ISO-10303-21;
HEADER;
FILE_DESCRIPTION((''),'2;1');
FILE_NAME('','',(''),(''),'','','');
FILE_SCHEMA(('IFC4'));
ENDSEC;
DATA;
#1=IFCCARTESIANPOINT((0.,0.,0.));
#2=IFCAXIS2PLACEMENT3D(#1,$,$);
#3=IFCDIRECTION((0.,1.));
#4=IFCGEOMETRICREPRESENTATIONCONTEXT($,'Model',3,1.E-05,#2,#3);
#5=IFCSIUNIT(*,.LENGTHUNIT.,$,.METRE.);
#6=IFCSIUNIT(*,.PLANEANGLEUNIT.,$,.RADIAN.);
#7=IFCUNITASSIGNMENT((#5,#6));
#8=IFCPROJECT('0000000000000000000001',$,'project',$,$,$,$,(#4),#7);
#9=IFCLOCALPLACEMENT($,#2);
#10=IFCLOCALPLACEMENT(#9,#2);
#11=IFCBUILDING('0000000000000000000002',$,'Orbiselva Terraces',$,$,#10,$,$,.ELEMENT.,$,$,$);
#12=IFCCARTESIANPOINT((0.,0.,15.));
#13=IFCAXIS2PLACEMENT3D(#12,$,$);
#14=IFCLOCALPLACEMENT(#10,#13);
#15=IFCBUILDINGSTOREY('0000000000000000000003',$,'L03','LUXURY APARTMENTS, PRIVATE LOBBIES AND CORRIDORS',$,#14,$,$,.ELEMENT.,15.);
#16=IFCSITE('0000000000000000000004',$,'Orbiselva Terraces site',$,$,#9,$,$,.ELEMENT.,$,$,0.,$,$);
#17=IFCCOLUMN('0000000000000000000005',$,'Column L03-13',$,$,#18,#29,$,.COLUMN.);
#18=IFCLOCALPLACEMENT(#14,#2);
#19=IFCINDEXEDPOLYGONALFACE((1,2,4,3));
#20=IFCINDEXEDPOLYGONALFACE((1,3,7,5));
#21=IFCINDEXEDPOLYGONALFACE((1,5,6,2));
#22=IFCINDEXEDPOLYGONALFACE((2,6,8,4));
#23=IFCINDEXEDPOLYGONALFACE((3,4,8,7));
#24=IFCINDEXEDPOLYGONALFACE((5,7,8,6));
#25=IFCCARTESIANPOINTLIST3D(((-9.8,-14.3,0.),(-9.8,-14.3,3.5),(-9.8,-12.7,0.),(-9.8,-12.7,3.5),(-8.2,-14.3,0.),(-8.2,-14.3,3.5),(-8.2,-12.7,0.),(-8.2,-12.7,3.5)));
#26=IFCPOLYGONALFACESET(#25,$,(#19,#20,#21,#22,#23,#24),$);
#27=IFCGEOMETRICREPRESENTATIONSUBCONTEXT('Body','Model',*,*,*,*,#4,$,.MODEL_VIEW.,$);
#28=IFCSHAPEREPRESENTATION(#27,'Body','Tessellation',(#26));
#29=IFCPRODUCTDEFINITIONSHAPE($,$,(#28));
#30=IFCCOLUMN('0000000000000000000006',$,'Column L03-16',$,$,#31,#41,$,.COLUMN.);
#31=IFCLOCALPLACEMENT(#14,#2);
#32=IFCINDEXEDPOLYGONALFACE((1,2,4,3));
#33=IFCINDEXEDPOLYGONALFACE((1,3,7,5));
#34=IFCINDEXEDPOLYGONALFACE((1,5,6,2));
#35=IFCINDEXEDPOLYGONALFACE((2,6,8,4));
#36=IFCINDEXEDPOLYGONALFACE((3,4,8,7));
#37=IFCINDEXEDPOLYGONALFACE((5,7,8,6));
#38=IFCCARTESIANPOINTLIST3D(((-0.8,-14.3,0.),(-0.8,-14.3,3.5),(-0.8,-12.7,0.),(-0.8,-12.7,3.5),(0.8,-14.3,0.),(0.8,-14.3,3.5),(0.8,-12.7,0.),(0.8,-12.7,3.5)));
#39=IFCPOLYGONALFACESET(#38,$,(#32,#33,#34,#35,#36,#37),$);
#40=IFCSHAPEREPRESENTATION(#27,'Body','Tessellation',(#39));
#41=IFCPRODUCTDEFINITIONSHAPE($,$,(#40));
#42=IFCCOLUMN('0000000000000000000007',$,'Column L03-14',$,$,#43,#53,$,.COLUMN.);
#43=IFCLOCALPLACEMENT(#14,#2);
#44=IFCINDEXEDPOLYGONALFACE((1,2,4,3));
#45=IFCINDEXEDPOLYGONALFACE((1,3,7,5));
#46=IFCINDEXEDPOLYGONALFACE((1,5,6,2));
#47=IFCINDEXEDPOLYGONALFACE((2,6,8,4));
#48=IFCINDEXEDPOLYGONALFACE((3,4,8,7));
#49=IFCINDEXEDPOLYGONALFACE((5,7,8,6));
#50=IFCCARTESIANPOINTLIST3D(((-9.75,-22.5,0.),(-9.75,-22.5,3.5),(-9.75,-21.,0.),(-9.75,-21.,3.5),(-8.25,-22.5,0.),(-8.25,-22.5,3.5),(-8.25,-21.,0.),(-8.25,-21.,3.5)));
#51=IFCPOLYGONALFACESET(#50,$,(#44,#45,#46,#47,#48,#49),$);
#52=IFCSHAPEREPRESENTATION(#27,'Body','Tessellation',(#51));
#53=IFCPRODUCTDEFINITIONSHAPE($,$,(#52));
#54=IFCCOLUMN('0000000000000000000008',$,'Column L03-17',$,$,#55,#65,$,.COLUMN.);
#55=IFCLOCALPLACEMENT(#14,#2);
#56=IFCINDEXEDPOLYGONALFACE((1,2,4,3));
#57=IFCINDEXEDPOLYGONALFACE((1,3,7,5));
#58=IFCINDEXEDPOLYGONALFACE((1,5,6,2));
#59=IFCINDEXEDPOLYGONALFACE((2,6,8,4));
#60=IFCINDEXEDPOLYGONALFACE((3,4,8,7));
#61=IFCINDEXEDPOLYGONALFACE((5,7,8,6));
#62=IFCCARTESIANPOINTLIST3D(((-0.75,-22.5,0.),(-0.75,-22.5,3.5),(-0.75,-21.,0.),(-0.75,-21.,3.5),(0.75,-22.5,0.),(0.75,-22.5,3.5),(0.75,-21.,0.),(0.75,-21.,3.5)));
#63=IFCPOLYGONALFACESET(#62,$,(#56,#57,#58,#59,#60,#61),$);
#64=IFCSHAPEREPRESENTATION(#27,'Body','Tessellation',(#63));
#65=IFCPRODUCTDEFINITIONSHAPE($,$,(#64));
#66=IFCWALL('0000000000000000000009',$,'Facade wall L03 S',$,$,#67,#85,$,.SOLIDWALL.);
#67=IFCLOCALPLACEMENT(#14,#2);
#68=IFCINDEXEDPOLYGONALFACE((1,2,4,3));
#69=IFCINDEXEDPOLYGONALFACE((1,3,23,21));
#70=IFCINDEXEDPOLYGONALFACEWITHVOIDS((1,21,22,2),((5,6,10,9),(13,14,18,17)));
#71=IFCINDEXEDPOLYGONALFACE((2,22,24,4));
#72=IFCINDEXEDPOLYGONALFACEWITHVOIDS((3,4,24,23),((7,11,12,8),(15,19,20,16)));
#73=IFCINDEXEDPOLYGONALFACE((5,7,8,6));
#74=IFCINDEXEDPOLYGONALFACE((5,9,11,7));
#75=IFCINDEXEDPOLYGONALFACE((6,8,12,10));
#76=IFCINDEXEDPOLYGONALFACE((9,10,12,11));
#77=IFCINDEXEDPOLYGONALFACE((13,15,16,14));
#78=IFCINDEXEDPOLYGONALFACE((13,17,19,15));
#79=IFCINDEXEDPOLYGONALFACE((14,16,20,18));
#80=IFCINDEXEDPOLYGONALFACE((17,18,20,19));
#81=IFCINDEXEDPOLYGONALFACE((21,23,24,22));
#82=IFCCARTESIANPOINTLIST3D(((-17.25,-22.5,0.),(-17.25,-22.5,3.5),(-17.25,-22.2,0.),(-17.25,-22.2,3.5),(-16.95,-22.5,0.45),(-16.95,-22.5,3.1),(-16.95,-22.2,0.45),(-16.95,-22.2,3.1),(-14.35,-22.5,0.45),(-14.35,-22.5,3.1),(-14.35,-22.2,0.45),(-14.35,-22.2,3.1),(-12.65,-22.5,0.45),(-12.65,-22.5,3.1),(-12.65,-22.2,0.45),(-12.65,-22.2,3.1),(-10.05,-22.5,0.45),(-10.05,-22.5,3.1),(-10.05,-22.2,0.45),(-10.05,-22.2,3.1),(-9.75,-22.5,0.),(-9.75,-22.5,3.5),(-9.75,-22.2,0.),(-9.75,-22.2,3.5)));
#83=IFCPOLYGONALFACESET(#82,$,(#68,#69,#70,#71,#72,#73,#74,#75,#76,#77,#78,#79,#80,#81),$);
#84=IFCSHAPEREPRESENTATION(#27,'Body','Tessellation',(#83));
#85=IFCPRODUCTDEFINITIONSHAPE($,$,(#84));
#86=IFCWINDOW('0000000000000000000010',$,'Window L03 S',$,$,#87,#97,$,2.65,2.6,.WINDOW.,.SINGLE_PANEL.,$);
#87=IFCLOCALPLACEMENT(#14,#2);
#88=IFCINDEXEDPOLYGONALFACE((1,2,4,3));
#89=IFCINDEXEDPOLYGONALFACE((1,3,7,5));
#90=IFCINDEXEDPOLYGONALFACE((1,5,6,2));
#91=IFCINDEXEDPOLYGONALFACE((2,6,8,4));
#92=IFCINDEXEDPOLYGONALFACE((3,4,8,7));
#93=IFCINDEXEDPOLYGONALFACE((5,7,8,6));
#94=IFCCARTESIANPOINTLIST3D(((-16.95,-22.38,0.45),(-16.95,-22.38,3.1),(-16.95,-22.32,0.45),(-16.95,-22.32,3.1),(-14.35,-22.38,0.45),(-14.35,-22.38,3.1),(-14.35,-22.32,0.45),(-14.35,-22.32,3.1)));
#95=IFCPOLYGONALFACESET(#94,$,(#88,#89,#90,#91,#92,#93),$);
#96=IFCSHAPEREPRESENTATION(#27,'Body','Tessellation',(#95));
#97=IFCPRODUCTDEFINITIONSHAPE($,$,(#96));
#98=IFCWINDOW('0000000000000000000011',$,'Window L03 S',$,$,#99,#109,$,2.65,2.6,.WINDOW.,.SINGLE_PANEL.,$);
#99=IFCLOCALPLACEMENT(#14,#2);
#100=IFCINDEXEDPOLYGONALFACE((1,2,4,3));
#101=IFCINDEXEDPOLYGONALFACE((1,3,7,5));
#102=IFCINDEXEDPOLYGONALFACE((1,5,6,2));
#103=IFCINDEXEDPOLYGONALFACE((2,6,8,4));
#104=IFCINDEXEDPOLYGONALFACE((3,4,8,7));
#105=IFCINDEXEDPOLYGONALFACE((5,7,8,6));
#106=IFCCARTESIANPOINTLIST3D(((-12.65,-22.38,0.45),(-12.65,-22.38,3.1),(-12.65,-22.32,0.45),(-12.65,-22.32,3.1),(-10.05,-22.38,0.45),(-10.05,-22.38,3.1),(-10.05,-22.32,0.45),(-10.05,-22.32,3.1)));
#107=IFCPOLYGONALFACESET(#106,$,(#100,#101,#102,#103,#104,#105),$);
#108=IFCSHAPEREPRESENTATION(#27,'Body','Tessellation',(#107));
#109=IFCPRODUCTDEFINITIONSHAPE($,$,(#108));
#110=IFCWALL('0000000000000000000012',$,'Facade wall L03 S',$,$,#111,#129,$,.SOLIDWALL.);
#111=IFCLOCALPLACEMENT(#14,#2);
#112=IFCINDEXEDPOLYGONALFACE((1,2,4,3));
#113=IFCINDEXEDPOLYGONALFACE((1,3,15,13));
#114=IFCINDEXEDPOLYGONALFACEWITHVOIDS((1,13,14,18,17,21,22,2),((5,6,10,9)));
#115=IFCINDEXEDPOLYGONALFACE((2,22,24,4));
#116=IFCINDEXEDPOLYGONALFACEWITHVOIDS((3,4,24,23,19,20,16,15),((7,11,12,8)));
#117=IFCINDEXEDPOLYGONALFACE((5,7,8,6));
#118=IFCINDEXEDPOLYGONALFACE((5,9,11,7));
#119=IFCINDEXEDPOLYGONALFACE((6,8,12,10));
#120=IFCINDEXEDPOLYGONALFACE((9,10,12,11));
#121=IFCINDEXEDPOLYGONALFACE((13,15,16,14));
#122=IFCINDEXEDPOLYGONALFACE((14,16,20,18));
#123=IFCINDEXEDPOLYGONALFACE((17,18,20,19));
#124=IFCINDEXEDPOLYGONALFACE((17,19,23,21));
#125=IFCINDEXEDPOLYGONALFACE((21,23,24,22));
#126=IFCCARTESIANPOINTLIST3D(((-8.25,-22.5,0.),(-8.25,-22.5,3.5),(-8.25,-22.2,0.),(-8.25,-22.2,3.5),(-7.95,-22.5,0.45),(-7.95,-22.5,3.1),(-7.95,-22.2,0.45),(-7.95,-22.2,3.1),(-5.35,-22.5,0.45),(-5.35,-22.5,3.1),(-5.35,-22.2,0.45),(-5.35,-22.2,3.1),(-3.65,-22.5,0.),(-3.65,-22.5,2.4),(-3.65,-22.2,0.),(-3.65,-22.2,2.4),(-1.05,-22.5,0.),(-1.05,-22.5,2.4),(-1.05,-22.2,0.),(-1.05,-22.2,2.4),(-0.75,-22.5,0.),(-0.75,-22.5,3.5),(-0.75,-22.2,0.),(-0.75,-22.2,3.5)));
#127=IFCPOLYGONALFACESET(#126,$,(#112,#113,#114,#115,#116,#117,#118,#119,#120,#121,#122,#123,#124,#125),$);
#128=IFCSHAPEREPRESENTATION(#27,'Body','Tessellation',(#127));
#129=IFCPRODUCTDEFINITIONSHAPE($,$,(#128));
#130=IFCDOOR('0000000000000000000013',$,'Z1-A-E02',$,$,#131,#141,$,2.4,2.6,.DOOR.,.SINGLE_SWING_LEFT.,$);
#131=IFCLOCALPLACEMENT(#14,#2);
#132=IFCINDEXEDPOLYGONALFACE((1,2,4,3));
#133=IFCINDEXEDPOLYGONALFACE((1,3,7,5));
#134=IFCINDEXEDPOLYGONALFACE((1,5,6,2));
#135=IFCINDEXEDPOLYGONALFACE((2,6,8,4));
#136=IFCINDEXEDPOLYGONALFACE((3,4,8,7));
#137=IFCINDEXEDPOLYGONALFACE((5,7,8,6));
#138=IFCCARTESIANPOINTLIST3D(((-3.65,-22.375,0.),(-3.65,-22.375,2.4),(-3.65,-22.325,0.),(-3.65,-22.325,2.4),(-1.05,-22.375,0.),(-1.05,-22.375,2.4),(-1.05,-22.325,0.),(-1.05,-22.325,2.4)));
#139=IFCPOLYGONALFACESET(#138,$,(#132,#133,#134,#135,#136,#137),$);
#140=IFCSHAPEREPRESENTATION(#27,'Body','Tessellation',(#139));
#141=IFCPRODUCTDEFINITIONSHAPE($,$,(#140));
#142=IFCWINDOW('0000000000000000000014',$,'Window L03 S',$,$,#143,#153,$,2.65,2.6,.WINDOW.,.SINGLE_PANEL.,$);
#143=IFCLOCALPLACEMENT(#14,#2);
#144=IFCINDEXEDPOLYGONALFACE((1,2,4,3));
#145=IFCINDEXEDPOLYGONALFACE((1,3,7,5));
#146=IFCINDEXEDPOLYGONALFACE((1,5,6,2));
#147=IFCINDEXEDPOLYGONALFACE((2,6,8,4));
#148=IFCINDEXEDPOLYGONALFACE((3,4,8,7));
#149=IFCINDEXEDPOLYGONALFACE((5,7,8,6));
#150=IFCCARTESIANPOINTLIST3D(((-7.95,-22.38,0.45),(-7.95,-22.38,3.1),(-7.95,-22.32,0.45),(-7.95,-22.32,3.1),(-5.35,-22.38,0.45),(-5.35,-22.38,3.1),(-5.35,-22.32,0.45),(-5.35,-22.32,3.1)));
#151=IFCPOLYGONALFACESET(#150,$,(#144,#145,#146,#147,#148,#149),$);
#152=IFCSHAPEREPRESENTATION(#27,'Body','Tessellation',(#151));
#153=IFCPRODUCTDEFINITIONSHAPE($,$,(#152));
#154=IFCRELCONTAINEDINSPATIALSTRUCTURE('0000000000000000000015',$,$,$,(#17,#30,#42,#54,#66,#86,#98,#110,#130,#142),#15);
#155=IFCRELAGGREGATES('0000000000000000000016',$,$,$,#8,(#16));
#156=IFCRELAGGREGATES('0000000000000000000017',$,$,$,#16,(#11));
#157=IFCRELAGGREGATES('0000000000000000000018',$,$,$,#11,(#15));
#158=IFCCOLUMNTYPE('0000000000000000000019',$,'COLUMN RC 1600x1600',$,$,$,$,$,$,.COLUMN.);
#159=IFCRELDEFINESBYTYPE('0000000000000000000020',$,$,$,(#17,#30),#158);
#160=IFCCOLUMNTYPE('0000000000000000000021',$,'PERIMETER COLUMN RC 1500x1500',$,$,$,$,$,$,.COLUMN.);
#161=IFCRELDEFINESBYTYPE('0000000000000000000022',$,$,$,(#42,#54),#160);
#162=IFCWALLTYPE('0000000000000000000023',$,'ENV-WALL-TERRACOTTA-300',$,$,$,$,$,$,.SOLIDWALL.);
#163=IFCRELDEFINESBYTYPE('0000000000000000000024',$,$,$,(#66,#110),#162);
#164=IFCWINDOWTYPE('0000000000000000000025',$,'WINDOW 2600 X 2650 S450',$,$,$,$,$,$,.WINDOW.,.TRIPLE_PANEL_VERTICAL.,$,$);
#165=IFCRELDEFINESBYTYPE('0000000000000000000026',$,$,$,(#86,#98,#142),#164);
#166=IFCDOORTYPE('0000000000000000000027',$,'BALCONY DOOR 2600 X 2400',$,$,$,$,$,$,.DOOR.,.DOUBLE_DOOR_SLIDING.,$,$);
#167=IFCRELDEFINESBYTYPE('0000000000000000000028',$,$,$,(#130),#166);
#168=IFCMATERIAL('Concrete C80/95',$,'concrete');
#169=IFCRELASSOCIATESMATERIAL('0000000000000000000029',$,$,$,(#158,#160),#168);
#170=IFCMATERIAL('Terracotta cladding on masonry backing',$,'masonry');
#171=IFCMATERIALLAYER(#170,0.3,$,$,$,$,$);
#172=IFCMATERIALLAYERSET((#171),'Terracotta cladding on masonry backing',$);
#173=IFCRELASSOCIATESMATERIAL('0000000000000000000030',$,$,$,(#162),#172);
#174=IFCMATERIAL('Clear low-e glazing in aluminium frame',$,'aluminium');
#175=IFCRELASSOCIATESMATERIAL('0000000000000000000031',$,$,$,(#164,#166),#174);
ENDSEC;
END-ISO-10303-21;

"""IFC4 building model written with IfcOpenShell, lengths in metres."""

from ifc_helpers import new_model, si_unit, direction, frame, frame_2d, origin, origin_2d, place, context, subcontext, project, spatial, rectangle, extrude, material, layer, layer_set, material_profile, profile_set, type_object, element, fill, save


model = new_model("IFC4")

# Units and contexts
model_context = context("Model", 3, precision=1e-05, world=origin(), true_north=direction((0.0, 1.0)))
body_context = subcontext(model_context, "Body", "Model", "MODEL_VIEW")
ifc_project = project(units=[si_unit("LENGTHUNIT", "METRE"), si_unit("PLANEANGLEUNIT", "RADIAN")], contexts=[model_context])

# Site, building, storey
site_placement = place(None, origin())
site = spatial("IfcSite", under=ifc_project, at=site_placement, Name="Orbiselva Terraces site", CompositionType="ELEMENT", RefElevation=0.0)
building_placement = place(site_placement, origin())
building = spatial("IfcBuilding", under=site, at=building_placement, Name="Orbiselva Terraces", CompositionType="ELEMENT")
storey_placement = place(building_placement, frame((0.0, 0.0, 15.0)))
storey = spatial("IfcBuildingStorey", under=building, at=storey_placement, Name="L03", Description="LUXURY APARTMENTS, PRIVATE LOBBIES AND CORRIDORS", CompositionType="ELEMENT", Elevation=15.0)

# Columns
ifc_material_1 = material(Name="Concrete C80/95", Category="concrete")
ifc_material_profile_1 = material_profile(ifc_material_1, rectangle(XDim=1.6, YDim=1.6, at=origin_2d()), Name="RC 1600x1600")
ifc_profile_set_1 = profile_set([ifc_material_profile_1], Name="Concrete C80/95")
column_type_1 = type_object("IfcColumnType", Name="COLUMN RC 1600x1600", PredefinedType="COLUMN", material=ifc_profile_set_1)
for number, where, z_axis, x_axis, name in (
    (1, (-9.0, -13.5, 0.0), (0.0, 0.0, 1.0), (1.0, 0.0, 0.0), "Column L03-13"),
    (2, (0.0, -13.5, 0.0), (0.0, 0.0, 1.0), (1.0, 0.0, 0.0), "Column L03-16"),
):
    element("IfcColumn", number, at=place(storey_placement, frame(where, z_axis=z_axis, x_axis=x_axis)), inside=storey, type_object=column_type_1, Name=name, PredefinedType="COLUMN", context=body_context, shape_type="SweptSolid", body=[
        extrude(rectangle(XDim=1.6, YDim=1.6, at=origin_2d()), origin(), (0.0, 0.0, 1.0), 3.5),
    ])
ifc_material_profile_2 = material_profile(ifc_material_1, rectangle(XDim=1.5, YDim=1.5, at=origin_2d()), Name="RC 1500x1500")
ifc_profile_set_2 = profile_set([ifc_material_profile_2], Name="Concrete C80/95")
column_type_2 = type_object("IfcColumnType", Name="PERIMETER COLUMN RC 1500x1500", PredefinedType="COLUMN", material=ifc_profile_set_2)
for number, where, z_axis, x_axis, name in (
    (3, (-9.0, -21.75, 0.0), (0.0, 0.0, 1.0), (1.0, 0.0, 0.0), "Column L03-14"),
    (4, (0.0, -21.75, 0.0), (0.0, 0.0, 1.0), (1.0, 0.0, 0.0), "Column L03-17"),
):
    element("IfcColumn", number, at=place(storey_placement, frame(where, z_axis=z_axis, x_axis=x_axis)), inside=storey, type_object=column_type_2, Name=name, PredefinedType="COLUMN", context=body_context, shape_type="SweptSolid", body=[
        extrude(rectangle(XDim=1.5, YDim=1.5, at=origin_2d()), origin(), (0.0, 0.0, 1.0), 3.5),
    ])

# Wall, openings, windows
ifc_material_2 = material(Name="Terracotta cladding on masonry backing", Category="masonry")
ifc_layer_1 = layer(ifc_material_2, 0.3)
ifc_layer_set_1 = layer_set([ifc_layer_1], Name="Terracotta cladding on masonry backing")
wall_type_1 = type_object("IfcWallType", Name="ENV-WALL-TERRACOTTA-300", PredefinedType="SOLIDWALL", material=ifc_layer_set_1)
wall_1_placement = place(storey_placement, frame((-9.75, -22.35, 0.0), z_axis=(0.0, 0.0, 1.0), x_axis=(-1.0, 0.0, 0.0)))
wall_1 = element("IfcWall", 5, at=wall_1_placement, inside=storey, type_object=wall_type_1, Name="Facade wall L03 S", PredefinedType="SOLIDWALL", context=body_context, shape_type="SweptSolid", body=[
    extrude(rectangle(XDim=7.5, YDim=0.3, at=frame_2d((3.75, 0.0))), origin(), (0.0, 0.0, 1.0), 3.5),
])
opening_1_placement = place(wall_1_placement, frame((4.6, 0.0, 0.45)))
opening_1 = element("IfcOpeningElement", 6, at=opening_1_placement, cuts=wall_1, PredefinedType="OPENING", context=body_context, shape_type="SweptSolid", body=[
    extrude(rectangle(XDim=2.6, YDim=2.65, at=frame_2d((1.3, 1.325))), frame((0.0, 0.16, 0.0), z_axis=(0.0, -1.0, 0.0), x_axis=(1.0, 0.0, 0.0)), (0.0, 0.0, 1.0), 0.32),
])
opening_2_placement = place(wall_1_placement, frame((0.3, 0.0, 0.45)))
opening_2 = element("IfcOpeningElement", 7, at=opening_2_placement, cuts=wall_1, PredefinedType="OPENING", context=body_context, shape_type="SweptSolid", body=[
    extrude(rectangle(XDim=2.6, YDim=2.65, at=frame_2d((1.3, 1.325))), frame((0.0, 0.16, 0.0), z_axis=(0.0, -1.0, 0.0), x_axis=(1.0, 0.0, 0.0)), (0.0, 0.0, 1.0), 0.32),
])
ifc_material_3 = material(Name="Clear low-e glazing in aluminium frame", Category="aluminium")
window_type = type_object("IfcWindowType", Name="WINDOW 2600 X 2650 S450", PartitioningType="TRIPLE_PANEL_VERTICAL", PredefinedType="WINDOW", material=ifc_material_3)
window_1_placement = place(opening_1_placement, origin())
window_1 = element("IfcWindow", 8, at=window_1_placement, inside=storey, type_object=window_type, Name="Window L03 S", OverallHeight=2.65, OverallWidth=2.6, PartitioningType="SINGLE_PANEL", PredefinedType="WINDOW", context=body_context, shape_type="SweptSolid", body=[
    extrude(rectangle(XDim=2.6, YDim=2.65, at=frame_2d((1.3, 1.325))), frame((0.0, 0.03, 0.0), z_axis=(0.0, -1.0, 0.0), x_axis=(1.0, 0.0, 0.0)), (0.0, 0.0, 1.0), 0.06),
])
fill(opening_1, window_1)
window_2_placement = place(opening_2_placement, origin())
window_2 = element("IfcWindow", 9, at=window_2_placement, inside=storey, type_object=window_type, Name="Window L03 S", OverallHeight=2.65, OverallWidth=2.6, PartitioningType="SINGLE_PANEL", PredefinedType="WINDOW", context=body_context, shape_type="SweptSolid", body=[
    extrude(rectangle(XDim=2.6, YDim=2.65, at=frame_2d((1.3, 1.325))), frame((0.0, 0.03, 0.0), z_axis=(0.0, -1.0, 0.0), x_axis=(1.0, 0.0, 0.0)), (0.0, 0.0, 1.0), 0.06),
])
fill(opening_2, window_2)

# Wall, openings, door, window
wall_2_placement = place(storey_placement, frame((-0.75, -22.35, 0.0), z_axis=(0.0, 0.0, 1.0), x_axis=(-1.0, 0.0, 0.0)))
wall_2 = element("IfcWall", 10, at=wall_2_placement, inside=storey, type_object=wall_type_1, Name="Facade wall L03 S", PredefinedType="SOLIDWALL", context=body_context, shape_type="SweptSolid", body=[
    extrude(rectangle(XDim=7.5, YDim=0.3, at=frame_2d((3.75, 0.0))), origin(), (0.0, 0.0, 1.0), 3.5),
])
opening_3_placement = place(wall_2_placement, frame((4.6, 0.0, 0.45)))
opening_3 = element("IfcOpeningElement", 11, at=opening_3_placement, cuts=wall_2, PredefinedType="OPENING", context=body_context, shape_type="SweptSolid", body=[
    extrude(rectangle(XDim=2.6, YDim=2.65, at=frame_2d((1.3, 1.325))), frame((0.0, 0.16, 0.0), z_axis=(0.0, -1.0, 0.0), x_axis=(1.0, 0.0, 0.0)), (0.0, 0.0, 1.0), 0.32),
])
opening_4_placement = place(wall_2_placement, frame((0.3, 0.0, 0.0)))
opening_4 = element("IfcOpeningElement", 12, at=opening_4_placement, cuts=wall_2, PredefinedType="OPENING", context=body_context, shape_type="SweptSolid", body=[
    extrude(rectangle(XDim=2.6, YDim=2.4, at=frame_2d((1.3, 1.2))), frame((0.0, 0.16, 0.0), z_axis=(0.0, -1.0, 0.0), x_axis=(1.0, 0.0, 0.0)), (0.0, 0.0, 1.0), 0.32),
])
door_type_1 = type_object("IfcDoorType", Name="BALCONY DOOR 2600 X 2400", OperationType="DOUBLE_DOOR_SLIDING", PredefinedType="DOOR", material=ifc_material_3)
door_1_placement = place(opening_4_placement, origin())
door_1 = element("IfcDoor", 13, at=door_1_placement, inside=storey, type_object=door_type_1, Name="Z1-A-E02", OperationType="SINGLE_SWING_LEFT", OverallHeight=2.4, OverallWidth=2.6, PredefinedType="DOOR", context=body_context, shape_type="SweptSolid", body=[
    extrude(rectangle(XDim=2.6, YDim=2.4, at=frame_2d((1.3, 1.2))), frame((0.0, 0.025, 0.0), z_axis=(0.0, -1.0, 0.0), x_axis=(1.0, 0.0, 0.0)), (0.0, 0.0, 1.0), 0.05),
])
fill(opening_4, door_1)
window_3_placement = place(opening_3_placement, origin())
window_3 = element("IfcWindow", 14, at=window_3_placement, inside=storey, type_object=window_type, Name="Window L03 S", OverallHeight=2.65, OverallWidth=2.6, PartitioningType="SINGLE_PANEL", PredefinedType="WINDOW", context=body_context, shape_type="SweptSolid", body=[
    extrude(rectangle(XDim=2.6, YDim=2.65, at=frame_2d((1.3, 1.325))), frame((0.0, 0.03, 0.0), z_axis=(0.0, -1.0, 0.0), x_axis=(1.0, 0.0, 0.0)), (0.0, 0.0, 1.0), 0.06),
])
fill(opening_3, window_3)

save(model, "model.ifc")
